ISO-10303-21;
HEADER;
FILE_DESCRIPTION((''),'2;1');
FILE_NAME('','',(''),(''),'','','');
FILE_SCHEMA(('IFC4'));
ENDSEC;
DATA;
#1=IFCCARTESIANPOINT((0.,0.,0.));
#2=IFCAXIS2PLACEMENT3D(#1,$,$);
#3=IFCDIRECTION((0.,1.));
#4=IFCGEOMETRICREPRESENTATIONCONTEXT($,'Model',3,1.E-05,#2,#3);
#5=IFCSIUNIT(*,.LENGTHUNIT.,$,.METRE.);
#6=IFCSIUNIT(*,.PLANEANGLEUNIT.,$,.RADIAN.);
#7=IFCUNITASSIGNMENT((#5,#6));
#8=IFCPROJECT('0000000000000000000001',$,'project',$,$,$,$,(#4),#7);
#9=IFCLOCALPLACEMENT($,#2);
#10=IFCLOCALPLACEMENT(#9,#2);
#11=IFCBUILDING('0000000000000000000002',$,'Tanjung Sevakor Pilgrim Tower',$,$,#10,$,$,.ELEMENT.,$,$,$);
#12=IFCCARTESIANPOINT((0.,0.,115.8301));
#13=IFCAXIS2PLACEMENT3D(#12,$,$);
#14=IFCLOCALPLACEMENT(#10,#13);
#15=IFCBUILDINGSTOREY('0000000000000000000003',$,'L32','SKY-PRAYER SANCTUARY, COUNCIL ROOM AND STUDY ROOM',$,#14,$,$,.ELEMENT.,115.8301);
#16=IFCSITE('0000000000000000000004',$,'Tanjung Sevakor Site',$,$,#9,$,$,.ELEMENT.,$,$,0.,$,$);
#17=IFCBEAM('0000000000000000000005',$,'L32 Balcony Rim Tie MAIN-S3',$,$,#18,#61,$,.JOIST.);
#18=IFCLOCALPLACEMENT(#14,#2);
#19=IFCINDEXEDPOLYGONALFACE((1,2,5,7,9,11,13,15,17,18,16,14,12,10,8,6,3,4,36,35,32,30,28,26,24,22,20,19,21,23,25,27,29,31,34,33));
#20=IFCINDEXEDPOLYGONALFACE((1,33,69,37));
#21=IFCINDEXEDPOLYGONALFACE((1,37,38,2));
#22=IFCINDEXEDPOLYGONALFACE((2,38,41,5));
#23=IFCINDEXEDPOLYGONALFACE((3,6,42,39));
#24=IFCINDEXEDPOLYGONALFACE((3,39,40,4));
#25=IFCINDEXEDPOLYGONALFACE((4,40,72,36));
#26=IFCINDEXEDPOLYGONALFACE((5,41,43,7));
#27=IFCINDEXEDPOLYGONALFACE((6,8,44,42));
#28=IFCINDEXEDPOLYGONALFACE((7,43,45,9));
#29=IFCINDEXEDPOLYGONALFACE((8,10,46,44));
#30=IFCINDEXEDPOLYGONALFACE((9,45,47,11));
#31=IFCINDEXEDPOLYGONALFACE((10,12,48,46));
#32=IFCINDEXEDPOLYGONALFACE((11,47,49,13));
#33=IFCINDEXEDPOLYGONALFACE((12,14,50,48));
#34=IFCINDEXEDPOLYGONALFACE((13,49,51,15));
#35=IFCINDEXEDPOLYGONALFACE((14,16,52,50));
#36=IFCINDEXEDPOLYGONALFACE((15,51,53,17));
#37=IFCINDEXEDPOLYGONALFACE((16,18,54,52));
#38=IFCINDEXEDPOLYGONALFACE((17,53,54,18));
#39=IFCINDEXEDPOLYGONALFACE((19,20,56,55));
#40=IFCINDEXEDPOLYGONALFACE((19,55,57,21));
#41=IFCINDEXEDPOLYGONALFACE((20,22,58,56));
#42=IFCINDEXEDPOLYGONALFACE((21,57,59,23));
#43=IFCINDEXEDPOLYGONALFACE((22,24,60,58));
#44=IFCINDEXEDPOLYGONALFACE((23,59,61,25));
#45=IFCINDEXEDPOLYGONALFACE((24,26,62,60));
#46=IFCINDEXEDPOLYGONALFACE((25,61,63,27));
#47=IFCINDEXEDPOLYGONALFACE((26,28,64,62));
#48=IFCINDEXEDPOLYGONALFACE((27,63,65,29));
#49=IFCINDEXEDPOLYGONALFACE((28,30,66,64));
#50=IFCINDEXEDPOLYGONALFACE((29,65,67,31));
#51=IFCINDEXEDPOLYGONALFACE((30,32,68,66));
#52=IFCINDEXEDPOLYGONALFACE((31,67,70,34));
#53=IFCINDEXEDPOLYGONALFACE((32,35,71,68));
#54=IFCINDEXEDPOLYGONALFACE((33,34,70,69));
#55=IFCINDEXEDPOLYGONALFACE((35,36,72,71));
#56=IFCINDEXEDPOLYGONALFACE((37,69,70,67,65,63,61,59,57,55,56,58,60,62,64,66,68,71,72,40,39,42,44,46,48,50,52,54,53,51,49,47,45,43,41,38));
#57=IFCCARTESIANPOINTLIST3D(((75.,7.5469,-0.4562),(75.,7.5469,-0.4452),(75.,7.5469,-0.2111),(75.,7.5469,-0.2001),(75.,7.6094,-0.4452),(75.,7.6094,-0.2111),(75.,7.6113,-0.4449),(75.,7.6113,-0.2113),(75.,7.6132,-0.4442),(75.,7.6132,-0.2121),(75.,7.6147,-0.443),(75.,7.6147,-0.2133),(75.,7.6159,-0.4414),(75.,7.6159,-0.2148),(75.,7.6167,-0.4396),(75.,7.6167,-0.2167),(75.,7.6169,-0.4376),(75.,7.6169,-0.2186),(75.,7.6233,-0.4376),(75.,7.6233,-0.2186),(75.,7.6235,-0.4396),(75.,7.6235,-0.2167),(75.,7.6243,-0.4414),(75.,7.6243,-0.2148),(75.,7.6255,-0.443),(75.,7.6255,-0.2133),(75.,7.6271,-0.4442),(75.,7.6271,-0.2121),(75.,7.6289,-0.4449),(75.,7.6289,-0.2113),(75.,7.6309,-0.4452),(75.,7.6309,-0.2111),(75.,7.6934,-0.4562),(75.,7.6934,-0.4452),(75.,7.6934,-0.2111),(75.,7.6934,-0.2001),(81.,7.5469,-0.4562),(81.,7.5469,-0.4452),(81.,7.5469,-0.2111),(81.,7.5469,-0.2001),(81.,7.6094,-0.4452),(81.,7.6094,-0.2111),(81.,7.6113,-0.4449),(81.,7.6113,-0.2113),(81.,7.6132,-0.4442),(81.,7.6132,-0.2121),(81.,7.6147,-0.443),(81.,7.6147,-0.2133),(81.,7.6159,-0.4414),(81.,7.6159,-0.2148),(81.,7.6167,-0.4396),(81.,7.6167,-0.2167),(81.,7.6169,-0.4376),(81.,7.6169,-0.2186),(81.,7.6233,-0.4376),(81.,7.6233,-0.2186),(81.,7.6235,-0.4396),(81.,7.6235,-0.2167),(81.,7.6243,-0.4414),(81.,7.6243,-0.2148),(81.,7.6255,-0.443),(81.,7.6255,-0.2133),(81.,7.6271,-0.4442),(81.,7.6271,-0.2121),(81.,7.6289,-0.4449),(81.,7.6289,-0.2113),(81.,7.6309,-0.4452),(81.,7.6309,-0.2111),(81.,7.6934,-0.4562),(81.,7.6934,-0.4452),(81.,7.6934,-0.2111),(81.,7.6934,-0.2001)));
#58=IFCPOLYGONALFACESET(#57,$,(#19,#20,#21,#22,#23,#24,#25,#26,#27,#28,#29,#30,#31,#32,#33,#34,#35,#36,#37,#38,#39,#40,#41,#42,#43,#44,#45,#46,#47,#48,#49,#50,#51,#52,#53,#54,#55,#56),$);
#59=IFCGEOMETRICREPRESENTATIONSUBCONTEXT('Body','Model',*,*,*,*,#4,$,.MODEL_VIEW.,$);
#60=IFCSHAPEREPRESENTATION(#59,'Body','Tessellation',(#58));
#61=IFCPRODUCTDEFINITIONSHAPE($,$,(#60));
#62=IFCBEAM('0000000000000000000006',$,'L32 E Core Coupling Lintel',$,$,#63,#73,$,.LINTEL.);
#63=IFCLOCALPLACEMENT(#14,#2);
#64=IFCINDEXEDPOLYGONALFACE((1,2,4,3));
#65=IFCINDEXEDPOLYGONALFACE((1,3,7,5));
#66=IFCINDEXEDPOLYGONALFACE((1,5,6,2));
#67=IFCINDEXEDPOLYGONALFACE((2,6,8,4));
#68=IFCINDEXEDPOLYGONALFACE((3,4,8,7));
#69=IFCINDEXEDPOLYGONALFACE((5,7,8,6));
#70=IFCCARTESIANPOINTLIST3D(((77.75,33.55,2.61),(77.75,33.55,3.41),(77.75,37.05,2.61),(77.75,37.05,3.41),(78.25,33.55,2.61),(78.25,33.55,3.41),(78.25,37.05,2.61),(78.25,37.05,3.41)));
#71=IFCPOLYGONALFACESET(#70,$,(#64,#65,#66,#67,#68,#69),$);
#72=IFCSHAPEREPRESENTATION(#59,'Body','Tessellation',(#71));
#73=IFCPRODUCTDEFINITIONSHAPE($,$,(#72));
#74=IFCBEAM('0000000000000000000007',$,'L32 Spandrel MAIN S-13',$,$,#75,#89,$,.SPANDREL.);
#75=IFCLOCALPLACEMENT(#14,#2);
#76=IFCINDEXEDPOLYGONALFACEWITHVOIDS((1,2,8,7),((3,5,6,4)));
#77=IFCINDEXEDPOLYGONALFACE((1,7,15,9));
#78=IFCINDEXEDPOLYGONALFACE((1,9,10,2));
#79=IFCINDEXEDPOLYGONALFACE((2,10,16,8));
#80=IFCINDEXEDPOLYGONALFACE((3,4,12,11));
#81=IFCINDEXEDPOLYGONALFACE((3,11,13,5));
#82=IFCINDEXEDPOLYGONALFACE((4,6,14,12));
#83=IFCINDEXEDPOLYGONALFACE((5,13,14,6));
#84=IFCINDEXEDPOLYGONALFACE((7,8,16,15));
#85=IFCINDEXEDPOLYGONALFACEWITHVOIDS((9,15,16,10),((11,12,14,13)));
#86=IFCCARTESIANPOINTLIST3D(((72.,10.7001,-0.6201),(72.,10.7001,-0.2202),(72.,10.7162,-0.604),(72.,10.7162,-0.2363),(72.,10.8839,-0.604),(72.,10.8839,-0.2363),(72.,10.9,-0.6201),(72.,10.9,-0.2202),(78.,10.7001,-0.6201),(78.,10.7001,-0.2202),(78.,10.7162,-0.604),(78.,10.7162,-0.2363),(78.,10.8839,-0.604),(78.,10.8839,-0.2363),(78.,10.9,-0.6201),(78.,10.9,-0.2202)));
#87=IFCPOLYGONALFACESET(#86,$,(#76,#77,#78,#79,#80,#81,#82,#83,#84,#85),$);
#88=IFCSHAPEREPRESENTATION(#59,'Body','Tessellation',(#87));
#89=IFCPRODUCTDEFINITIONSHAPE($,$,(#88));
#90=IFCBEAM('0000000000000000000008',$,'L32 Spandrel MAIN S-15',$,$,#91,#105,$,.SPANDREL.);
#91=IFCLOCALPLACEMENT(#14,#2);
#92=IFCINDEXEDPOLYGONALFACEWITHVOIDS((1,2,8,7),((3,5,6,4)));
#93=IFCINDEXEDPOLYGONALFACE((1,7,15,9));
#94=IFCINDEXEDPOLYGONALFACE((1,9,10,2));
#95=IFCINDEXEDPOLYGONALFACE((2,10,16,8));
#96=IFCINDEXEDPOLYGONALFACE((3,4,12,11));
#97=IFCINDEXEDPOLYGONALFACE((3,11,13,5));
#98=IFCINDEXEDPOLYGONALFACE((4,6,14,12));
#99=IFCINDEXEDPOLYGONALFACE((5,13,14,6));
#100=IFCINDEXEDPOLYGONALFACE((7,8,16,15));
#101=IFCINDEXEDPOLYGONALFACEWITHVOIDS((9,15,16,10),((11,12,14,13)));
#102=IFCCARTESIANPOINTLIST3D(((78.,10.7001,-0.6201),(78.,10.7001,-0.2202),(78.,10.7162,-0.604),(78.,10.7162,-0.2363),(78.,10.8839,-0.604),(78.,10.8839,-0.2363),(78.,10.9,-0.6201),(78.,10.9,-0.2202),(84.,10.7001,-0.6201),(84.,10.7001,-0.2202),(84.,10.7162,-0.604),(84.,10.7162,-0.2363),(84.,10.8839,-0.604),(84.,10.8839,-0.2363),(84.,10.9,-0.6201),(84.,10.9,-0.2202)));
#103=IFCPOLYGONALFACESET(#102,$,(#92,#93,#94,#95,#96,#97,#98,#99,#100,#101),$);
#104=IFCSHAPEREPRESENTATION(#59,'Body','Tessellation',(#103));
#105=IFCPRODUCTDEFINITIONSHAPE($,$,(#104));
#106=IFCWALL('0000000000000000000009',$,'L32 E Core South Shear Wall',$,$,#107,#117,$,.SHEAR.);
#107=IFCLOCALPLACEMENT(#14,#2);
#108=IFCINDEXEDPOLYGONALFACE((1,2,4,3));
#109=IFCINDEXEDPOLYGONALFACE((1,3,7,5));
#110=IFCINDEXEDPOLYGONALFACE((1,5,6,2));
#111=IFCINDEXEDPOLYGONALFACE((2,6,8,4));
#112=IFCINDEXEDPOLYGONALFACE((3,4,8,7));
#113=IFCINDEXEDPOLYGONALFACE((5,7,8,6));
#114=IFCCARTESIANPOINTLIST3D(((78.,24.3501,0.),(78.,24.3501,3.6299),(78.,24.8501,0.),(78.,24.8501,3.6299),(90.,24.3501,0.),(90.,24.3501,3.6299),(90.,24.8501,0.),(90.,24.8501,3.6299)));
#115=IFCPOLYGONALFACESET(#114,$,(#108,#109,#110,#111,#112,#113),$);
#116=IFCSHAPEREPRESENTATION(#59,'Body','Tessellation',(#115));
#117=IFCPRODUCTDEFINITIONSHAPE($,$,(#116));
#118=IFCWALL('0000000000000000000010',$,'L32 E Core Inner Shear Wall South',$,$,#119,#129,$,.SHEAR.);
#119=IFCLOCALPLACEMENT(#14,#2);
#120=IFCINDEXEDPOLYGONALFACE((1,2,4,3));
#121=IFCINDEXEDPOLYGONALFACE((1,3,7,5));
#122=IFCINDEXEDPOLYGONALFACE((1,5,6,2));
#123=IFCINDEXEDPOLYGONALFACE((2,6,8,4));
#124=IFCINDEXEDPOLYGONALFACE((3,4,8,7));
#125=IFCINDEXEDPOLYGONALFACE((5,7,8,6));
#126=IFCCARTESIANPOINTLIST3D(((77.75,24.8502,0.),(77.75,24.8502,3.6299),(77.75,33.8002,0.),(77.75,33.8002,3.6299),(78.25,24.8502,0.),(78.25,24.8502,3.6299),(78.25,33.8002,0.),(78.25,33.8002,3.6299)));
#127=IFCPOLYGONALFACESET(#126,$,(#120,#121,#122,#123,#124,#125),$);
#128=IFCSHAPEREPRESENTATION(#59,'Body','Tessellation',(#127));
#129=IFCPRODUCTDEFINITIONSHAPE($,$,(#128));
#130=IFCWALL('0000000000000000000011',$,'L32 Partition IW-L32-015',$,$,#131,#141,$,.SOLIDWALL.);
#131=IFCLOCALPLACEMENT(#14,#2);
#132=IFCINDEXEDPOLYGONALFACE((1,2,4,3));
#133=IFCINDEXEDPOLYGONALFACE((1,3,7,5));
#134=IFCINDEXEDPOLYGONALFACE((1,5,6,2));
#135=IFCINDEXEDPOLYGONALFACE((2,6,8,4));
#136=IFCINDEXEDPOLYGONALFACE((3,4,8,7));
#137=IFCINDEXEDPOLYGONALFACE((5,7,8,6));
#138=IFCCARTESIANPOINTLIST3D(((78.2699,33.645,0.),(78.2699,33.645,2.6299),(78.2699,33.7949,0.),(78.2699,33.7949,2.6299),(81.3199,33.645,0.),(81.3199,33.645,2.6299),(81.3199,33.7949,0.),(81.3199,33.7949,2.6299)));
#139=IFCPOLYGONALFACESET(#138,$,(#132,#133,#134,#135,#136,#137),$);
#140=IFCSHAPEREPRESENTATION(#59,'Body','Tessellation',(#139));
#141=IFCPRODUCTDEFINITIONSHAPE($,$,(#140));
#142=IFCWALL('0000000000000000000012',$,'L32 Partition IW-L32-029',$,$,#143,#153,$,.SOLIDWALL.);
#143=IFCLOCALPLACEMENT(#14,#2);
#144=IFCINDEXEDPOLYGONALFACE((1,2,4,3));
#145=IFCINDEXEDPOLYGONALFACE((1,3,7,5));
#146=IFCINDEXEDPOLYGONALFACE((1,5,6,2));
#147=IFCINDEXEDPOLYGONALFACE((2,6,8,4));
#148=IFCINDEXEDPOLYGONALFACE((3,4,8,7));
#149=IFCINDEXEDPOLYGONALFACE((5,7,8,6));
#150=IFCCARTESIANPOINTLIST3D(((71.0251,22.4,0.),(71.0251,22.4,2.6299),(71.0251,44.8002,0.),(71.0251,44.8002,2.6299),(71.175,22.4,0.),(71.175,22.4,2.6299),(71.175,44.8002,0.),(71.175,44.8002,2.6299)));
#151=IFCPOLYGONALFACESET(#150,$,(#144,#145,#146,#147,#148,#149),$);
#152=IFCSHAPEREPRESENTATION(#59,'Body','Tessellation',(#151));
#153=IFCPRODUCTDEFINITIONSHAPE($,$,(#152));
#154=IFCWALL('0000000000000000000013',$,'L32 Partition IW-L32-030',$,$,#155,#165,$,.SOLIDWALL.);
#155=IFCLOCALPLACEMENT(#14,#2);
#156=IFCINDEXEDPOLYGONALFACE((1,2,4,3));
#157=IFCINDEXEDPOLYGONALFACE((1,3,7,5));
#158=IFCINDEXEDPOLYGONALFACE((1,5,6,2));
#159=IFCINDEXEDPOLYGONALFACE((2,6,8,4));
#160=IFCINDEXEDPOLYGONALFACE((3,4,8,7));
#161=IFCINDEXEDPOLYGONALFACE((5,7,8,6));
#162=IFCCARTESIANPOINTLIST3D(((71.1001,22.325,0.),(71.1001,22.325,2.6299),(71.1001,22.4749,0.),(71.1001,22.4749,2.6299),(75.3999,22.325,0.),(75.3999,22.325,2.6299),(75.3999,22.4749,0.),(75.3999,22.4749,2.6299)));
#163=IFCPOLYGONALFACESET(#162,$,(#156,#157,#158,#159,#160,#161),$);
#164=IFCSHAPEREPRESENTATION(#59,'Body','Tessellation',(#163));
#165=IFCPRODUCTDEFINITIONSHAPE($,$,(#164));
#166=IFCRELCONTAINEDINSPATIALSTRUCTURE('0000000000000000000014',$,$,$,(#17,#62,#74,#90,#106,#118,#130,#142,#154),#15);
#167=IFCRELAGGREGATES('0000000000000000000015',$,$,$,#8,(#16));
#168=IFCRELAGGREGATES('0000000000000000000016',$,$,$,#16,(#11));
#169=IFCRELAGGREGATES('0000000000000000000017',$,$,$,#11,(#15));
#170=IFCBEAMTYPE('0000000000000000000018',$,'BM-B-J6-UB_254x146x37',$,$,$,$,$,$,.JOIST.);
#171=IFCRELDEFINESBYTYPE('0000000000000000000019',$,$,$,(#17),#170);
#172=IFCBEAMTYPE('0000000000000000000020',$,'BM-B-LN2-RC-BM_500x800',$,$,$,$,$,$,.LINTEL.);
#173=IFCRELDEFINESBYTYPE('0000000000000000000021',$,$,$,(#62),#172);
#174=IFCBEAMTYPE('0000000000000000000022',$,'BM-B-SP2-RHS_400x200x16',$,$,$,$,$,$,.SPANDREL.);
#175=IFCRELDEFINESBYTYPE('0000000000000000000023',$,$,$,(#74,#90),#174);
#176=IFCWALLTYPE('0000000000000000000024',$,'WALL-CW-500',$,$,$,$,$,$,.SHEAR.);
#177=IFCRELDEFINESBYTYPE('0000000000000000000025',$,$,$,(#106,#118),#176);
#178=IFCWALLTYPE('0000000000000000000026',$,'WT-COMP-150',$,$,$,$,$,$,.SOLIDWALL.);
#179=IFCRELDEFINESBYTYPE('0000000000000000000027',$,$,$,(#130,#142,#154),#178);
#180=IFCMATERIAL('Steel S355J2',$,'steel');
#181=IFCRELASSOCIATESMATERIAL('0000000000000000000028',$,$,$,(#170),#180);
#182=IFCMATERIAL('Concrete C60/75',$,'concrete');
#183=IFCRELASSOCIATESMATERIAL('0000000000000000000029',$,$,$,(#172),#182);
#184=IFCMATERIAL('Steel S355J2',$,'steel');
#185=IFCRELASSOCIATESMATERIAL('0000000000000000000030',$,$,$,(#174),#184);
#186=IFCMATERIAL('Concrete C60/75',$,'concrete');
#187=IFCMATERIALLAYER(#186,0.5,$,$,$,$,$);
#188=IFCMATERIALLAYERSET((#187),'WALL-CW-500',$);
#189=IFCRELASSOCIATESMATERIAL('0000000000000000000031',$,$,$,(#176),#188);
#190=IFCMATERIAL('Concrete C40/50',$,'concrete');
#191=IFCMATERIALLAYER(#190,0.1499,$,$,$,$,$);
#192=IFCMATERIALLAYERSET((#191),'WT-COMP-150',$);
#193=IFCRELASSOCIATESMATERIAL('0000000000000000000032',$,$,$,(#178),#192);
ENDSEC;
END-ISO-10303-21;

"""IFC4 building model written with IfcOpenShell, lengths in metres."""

from ifc_helpers import new_model, si_unit, direction, frame, frame_2d, origin, origin_2d, place, context, subcontext, project, spatial, rectangle, hollow_rectangle, i_section, extrude, material, layer, layer_set, material_profile, profile_set, type_object, element, save


model = new_model("IFC4")

# Units and contexts
model_context = context("Model", 3, precision=1e-05, world=origin(), true_north=direction((0.0, 1.0)))
body_context = subcontext(model_context, "Body", "Model", "MODEL_VIEW")
ifc_project = project(units=[si_unit("LENGTHUNIT", "METRE"), si_unit("PLANEANGLEUNIT", "RADIAN")], contexts=[model_context])

# Site, building, storey
site_placement = place(None, origin())
site = spatial("IfcSite", under=ifc_project, at=site_placement, Name="Tanjung Sevakor Site", CompositionType="ELEMENT", RefElevation=0.0)
building_placement = place(site_placement, origin())
building = spatial("IfcBuilding", under=site, at=building_placement, Name="Tanjung Sevakor Pilgrim Tower", CompositionType="ELEMENT")
storey_placement = place(building_placement, frame((0.0, 0.0, 115.8301)))
storey = spatial("IfcBuildingStorey", under=building, at=storey_placement, Name="L32", Description="SKY-PRAYER SANCTUARY, COUNCIL ROOM AND STUDY ROOM", CompositionType="ELEMENT", Elevation=115.8301)

# Beams
ifc_material_1 = material(Name="Steel S355J2", Category="steel")
ifc_material_profile_1 = material_profile(ifc_material_1, i_section(OverallWidth=0.1465, OverallDepth=0.2561, WebThickness=0.0063, FlangeThickness=0.011, FilletRadius=0.0076, at=origin_2d()))
ifc_profile_set_1 = profile_set([ifc_material_profile_1], Name="Steel S355J2")
beam_type_1 = type_object("IfcBeamType", Name="BM-B-J6-UB_254x146x37", PredefinedType="JOIST", material=ifc_profile_set_1)
beam_1_placement = place(storey_placement, frame((75.0, 7.6201, -0.3281), z_axis=(1.0, 0.0, 0.0), x_axis=(0.0, 1.0, 0.0)))
element("IfcBeam", 1, at=beam_1_placement, inside=storey, type_object=beam_type_1, Name="L32 Balcony Rim Tie MAIN-S3", PredefinedType="JOIST", context=body_context, shape_type="SweptSolid", body=[
    extrude(i_section(OverallWidth=0.1465, OverallDepth=0.2561, WebThickness=0.0063, FlangeThickness=0.011, FilletRadius=0.0076, at=origin_2d()), origin(), (0.0, 0.0, 1.0), 6.0),
])
ifc_material_2 = material(Name="Concrete C60/75", Category="concrete")
ifc_material_profile_2 = material_profile(ifc_material_2, rectangle(XDim=0.5, YDim=0.8, at=origin_2d()))
ifc_profile_set_2 = profile_set([ifc_material_profile_2], Name="Concrete C60/75")
beam_type_2 = type_object("IfcBeamType", Name="BM-B-LN2-RC-BM_500x800", PredefinedType="LINTEL", material=ifc_profile_set_2)
beam_2_placement = place(storey_placement, frame((78.0, 33.55, 3.01), z_axis=(0.0, 1.0, 0.0), x_axis=(-1.0, 0.0, 0.0)))
element("IfcBeam", 2, at=beam_2_placement, inside=storey, type_object=beam_type_2, Name="L32 E Core Coupling Lintel", PredefinedType="LINTEL", context=body_context, shape_type="SweptSolid", body=[
    extrude(rectangle(XDim=0.5, YDim=0.8, at=origin_2d()), origin(), (0.0, 0.0, 1.0), 3.5),
])
ifc_material_3 = material(Name="Steel S355J2", Category="steel")
ifc_material_profile_3 = material_profile(ifc_material_3, hollow_rectangle(XDim=0.2, YDim=0.3999, WallThickness=0.0161, at=origin_2d()))
ifc_profile_set_3 = profile_set([ifc_material_profile_3], Name="Steel S355J2")
beam_type_3 = type_object("IfcBeamType", Name="BM-B-SP2-RHS_400x200x16", PredefinedType="SPANDREL", material=ifc_profile_set_3)
for number, where, z_axis, x_axis, name in (
    (3, (72.0, 10.8, -0.4202), (1.0, 0.0, 0.0), (0.0, 1.0, 0.0), "L32 Spandrel MAIN S-13"),
    (4, (78.0, 10.8, -0.4202), (1.0, 0.0, 0.0), (0.0, 1.0, 0.0), "L32 Spandrel MAIN S-15"),
):
    element("IfcBeam", number, at=place(storey_placement, frame(where, z_axis=z_axis, x_axis=x_axis)), inside=storey, type_object=beam_type_3, Name=name, PredefinedType="SPANDREL", context=body_context, shape_type="SweptSolid", body=[
        extrude(hollow_rectangle(XDim=0.2, YDim=0.3999, WallThickness=0.0161, at=origin_2d()), origin(), (0.0, 0.0, 1.0), 6.0),
    ])

# Walls
ifc_material_4 = material(Name="Concrete C60/75", Category="concrete")
ifc_layer_1 = layer(ifc_material_4, 0.5)
ifc_layer_set_1 = layer_set([ifc_layer_1], Name="WALL-CW-500")
wall_type_1 = type_object("IfcWallType", Name="WALL-CW-500", PredefinedType="SHEAR", material=ifc_layer_set_1)
wall_1_placement = place(storey_placement, frame((78.0, 24.6001, 0.0), z_axis=(0.0, 0.0, 1.0), x_axis=(1.0, 0.0, 0.0)))
element("IfcWall", 5, at=wall_1_placement, inside=storey, type_object=wall_type_1, Name="L32 E Core South Shear Wall", PredefinedType="SHEAR", context=body_context, shape_type="SweptSolid", body=[
    extrude(rectangle(XDim=12.0, YDim=0.5, at=frame_2d((6.0, 0.0))), origin(), (0.0, 0.0, 1.0), 3.6299),
])
wall_2_placement = place(storey_placement, frame((78.0, 24.8501, 0.0), z_axis=(0.0, 0.0, 1.0), x_axis=(0.0, 1.0, 0.0)))
element("IfcWall", 6, at=wall_2_placement, inside=storey, type_object=wall_type_1, Name="L32 E Core Inner Shear Wall South", PredefinedType="SHEAR", context=body_context, shape_type="SweptSolid", body=[
    extrude(rectangle(XDim=8.95, YDim=0.5, at=frame_2d((4.4751, 0.0))), origin(), (0.0, 0.0, 1.0), 3.6299),
])
ifc_material_5 = material(Name="Concrete C40/50", Category="concrete")
ifc_layer_2 = layer(ifc_material_5, 0.1499)
ifc_layer_set_2 = layer_set([ifc_layer_2], Name="WT-COMP-150")
wall_type_2 = type_object("IfcWallType", Name="WT-COMP-150", PredefinedType="SOLIDWALL", material=ifc_layer_set_2)
wall_3_placement = place(storey_placement, frame((78.27, 33.72, 0.0), z_axis=(0.0, 0.0, 1.0), x_axis=(1.0, 0.0, 0.0)))
element("IfcWall", 7, at=wall_3_placement, inside=storey, type_object=wall_type_2, Name="L32 Partition IW-L32-015", PredefinedType="SOLIDWALL", context=body_context, shape_type="SweptSolid", body=[
    extrude(rectangle(XDim=3.05, YDim=0.1499, at=frame_2d((1.5249, 0.0))), origin(), (0.0, 0.0, 1.0), 2.6299),
])
wall_4_placement = place(storey_placement, frame((71.1001, 22.3999, 0.0), z_axis=(0.0, 0.0, 1.0), x_axis=(0.0, 1.0, 0.0)))
element("IfcWall", 8, at=wall_4_placement, inside=storey, type_object=wall_type_2, Name="L32 Partition IW-L32-029", PredefinedType="SOLIDWALL", context=body_context, shape_type="SweptSolid", body=[
    extrude(rectangle(XDim=22.4001, YDim=0.1499, at=frame_2d((11.2002, 0.0))), origin(), (0.0, 0.0, 1.0), 2.6299),
])
wall_5_placement = place(storey_placement, frame((71.1001, 22.3999, 0.0), z_axis=(0.0, 0.0, 1.0), x_axis=(1.0, 0.0, 0.0)))
element("IfcWall", 9, at=wall_5_placement, inside=storey, type_object=wall_type_2, Name="L32 Partition IW-L32-030", PredefinedType="SOLIDWALL", context=body_context, shape_type="SweptSolid", body=[
    extrude(rectangle(XDim=4.2998, YDim=0.1499, at=frame_2d((2.1499, 0.0))), origin(), (0.0, 0.0, 1.0), 2.6299),
])

save(model, "model.ifc")
